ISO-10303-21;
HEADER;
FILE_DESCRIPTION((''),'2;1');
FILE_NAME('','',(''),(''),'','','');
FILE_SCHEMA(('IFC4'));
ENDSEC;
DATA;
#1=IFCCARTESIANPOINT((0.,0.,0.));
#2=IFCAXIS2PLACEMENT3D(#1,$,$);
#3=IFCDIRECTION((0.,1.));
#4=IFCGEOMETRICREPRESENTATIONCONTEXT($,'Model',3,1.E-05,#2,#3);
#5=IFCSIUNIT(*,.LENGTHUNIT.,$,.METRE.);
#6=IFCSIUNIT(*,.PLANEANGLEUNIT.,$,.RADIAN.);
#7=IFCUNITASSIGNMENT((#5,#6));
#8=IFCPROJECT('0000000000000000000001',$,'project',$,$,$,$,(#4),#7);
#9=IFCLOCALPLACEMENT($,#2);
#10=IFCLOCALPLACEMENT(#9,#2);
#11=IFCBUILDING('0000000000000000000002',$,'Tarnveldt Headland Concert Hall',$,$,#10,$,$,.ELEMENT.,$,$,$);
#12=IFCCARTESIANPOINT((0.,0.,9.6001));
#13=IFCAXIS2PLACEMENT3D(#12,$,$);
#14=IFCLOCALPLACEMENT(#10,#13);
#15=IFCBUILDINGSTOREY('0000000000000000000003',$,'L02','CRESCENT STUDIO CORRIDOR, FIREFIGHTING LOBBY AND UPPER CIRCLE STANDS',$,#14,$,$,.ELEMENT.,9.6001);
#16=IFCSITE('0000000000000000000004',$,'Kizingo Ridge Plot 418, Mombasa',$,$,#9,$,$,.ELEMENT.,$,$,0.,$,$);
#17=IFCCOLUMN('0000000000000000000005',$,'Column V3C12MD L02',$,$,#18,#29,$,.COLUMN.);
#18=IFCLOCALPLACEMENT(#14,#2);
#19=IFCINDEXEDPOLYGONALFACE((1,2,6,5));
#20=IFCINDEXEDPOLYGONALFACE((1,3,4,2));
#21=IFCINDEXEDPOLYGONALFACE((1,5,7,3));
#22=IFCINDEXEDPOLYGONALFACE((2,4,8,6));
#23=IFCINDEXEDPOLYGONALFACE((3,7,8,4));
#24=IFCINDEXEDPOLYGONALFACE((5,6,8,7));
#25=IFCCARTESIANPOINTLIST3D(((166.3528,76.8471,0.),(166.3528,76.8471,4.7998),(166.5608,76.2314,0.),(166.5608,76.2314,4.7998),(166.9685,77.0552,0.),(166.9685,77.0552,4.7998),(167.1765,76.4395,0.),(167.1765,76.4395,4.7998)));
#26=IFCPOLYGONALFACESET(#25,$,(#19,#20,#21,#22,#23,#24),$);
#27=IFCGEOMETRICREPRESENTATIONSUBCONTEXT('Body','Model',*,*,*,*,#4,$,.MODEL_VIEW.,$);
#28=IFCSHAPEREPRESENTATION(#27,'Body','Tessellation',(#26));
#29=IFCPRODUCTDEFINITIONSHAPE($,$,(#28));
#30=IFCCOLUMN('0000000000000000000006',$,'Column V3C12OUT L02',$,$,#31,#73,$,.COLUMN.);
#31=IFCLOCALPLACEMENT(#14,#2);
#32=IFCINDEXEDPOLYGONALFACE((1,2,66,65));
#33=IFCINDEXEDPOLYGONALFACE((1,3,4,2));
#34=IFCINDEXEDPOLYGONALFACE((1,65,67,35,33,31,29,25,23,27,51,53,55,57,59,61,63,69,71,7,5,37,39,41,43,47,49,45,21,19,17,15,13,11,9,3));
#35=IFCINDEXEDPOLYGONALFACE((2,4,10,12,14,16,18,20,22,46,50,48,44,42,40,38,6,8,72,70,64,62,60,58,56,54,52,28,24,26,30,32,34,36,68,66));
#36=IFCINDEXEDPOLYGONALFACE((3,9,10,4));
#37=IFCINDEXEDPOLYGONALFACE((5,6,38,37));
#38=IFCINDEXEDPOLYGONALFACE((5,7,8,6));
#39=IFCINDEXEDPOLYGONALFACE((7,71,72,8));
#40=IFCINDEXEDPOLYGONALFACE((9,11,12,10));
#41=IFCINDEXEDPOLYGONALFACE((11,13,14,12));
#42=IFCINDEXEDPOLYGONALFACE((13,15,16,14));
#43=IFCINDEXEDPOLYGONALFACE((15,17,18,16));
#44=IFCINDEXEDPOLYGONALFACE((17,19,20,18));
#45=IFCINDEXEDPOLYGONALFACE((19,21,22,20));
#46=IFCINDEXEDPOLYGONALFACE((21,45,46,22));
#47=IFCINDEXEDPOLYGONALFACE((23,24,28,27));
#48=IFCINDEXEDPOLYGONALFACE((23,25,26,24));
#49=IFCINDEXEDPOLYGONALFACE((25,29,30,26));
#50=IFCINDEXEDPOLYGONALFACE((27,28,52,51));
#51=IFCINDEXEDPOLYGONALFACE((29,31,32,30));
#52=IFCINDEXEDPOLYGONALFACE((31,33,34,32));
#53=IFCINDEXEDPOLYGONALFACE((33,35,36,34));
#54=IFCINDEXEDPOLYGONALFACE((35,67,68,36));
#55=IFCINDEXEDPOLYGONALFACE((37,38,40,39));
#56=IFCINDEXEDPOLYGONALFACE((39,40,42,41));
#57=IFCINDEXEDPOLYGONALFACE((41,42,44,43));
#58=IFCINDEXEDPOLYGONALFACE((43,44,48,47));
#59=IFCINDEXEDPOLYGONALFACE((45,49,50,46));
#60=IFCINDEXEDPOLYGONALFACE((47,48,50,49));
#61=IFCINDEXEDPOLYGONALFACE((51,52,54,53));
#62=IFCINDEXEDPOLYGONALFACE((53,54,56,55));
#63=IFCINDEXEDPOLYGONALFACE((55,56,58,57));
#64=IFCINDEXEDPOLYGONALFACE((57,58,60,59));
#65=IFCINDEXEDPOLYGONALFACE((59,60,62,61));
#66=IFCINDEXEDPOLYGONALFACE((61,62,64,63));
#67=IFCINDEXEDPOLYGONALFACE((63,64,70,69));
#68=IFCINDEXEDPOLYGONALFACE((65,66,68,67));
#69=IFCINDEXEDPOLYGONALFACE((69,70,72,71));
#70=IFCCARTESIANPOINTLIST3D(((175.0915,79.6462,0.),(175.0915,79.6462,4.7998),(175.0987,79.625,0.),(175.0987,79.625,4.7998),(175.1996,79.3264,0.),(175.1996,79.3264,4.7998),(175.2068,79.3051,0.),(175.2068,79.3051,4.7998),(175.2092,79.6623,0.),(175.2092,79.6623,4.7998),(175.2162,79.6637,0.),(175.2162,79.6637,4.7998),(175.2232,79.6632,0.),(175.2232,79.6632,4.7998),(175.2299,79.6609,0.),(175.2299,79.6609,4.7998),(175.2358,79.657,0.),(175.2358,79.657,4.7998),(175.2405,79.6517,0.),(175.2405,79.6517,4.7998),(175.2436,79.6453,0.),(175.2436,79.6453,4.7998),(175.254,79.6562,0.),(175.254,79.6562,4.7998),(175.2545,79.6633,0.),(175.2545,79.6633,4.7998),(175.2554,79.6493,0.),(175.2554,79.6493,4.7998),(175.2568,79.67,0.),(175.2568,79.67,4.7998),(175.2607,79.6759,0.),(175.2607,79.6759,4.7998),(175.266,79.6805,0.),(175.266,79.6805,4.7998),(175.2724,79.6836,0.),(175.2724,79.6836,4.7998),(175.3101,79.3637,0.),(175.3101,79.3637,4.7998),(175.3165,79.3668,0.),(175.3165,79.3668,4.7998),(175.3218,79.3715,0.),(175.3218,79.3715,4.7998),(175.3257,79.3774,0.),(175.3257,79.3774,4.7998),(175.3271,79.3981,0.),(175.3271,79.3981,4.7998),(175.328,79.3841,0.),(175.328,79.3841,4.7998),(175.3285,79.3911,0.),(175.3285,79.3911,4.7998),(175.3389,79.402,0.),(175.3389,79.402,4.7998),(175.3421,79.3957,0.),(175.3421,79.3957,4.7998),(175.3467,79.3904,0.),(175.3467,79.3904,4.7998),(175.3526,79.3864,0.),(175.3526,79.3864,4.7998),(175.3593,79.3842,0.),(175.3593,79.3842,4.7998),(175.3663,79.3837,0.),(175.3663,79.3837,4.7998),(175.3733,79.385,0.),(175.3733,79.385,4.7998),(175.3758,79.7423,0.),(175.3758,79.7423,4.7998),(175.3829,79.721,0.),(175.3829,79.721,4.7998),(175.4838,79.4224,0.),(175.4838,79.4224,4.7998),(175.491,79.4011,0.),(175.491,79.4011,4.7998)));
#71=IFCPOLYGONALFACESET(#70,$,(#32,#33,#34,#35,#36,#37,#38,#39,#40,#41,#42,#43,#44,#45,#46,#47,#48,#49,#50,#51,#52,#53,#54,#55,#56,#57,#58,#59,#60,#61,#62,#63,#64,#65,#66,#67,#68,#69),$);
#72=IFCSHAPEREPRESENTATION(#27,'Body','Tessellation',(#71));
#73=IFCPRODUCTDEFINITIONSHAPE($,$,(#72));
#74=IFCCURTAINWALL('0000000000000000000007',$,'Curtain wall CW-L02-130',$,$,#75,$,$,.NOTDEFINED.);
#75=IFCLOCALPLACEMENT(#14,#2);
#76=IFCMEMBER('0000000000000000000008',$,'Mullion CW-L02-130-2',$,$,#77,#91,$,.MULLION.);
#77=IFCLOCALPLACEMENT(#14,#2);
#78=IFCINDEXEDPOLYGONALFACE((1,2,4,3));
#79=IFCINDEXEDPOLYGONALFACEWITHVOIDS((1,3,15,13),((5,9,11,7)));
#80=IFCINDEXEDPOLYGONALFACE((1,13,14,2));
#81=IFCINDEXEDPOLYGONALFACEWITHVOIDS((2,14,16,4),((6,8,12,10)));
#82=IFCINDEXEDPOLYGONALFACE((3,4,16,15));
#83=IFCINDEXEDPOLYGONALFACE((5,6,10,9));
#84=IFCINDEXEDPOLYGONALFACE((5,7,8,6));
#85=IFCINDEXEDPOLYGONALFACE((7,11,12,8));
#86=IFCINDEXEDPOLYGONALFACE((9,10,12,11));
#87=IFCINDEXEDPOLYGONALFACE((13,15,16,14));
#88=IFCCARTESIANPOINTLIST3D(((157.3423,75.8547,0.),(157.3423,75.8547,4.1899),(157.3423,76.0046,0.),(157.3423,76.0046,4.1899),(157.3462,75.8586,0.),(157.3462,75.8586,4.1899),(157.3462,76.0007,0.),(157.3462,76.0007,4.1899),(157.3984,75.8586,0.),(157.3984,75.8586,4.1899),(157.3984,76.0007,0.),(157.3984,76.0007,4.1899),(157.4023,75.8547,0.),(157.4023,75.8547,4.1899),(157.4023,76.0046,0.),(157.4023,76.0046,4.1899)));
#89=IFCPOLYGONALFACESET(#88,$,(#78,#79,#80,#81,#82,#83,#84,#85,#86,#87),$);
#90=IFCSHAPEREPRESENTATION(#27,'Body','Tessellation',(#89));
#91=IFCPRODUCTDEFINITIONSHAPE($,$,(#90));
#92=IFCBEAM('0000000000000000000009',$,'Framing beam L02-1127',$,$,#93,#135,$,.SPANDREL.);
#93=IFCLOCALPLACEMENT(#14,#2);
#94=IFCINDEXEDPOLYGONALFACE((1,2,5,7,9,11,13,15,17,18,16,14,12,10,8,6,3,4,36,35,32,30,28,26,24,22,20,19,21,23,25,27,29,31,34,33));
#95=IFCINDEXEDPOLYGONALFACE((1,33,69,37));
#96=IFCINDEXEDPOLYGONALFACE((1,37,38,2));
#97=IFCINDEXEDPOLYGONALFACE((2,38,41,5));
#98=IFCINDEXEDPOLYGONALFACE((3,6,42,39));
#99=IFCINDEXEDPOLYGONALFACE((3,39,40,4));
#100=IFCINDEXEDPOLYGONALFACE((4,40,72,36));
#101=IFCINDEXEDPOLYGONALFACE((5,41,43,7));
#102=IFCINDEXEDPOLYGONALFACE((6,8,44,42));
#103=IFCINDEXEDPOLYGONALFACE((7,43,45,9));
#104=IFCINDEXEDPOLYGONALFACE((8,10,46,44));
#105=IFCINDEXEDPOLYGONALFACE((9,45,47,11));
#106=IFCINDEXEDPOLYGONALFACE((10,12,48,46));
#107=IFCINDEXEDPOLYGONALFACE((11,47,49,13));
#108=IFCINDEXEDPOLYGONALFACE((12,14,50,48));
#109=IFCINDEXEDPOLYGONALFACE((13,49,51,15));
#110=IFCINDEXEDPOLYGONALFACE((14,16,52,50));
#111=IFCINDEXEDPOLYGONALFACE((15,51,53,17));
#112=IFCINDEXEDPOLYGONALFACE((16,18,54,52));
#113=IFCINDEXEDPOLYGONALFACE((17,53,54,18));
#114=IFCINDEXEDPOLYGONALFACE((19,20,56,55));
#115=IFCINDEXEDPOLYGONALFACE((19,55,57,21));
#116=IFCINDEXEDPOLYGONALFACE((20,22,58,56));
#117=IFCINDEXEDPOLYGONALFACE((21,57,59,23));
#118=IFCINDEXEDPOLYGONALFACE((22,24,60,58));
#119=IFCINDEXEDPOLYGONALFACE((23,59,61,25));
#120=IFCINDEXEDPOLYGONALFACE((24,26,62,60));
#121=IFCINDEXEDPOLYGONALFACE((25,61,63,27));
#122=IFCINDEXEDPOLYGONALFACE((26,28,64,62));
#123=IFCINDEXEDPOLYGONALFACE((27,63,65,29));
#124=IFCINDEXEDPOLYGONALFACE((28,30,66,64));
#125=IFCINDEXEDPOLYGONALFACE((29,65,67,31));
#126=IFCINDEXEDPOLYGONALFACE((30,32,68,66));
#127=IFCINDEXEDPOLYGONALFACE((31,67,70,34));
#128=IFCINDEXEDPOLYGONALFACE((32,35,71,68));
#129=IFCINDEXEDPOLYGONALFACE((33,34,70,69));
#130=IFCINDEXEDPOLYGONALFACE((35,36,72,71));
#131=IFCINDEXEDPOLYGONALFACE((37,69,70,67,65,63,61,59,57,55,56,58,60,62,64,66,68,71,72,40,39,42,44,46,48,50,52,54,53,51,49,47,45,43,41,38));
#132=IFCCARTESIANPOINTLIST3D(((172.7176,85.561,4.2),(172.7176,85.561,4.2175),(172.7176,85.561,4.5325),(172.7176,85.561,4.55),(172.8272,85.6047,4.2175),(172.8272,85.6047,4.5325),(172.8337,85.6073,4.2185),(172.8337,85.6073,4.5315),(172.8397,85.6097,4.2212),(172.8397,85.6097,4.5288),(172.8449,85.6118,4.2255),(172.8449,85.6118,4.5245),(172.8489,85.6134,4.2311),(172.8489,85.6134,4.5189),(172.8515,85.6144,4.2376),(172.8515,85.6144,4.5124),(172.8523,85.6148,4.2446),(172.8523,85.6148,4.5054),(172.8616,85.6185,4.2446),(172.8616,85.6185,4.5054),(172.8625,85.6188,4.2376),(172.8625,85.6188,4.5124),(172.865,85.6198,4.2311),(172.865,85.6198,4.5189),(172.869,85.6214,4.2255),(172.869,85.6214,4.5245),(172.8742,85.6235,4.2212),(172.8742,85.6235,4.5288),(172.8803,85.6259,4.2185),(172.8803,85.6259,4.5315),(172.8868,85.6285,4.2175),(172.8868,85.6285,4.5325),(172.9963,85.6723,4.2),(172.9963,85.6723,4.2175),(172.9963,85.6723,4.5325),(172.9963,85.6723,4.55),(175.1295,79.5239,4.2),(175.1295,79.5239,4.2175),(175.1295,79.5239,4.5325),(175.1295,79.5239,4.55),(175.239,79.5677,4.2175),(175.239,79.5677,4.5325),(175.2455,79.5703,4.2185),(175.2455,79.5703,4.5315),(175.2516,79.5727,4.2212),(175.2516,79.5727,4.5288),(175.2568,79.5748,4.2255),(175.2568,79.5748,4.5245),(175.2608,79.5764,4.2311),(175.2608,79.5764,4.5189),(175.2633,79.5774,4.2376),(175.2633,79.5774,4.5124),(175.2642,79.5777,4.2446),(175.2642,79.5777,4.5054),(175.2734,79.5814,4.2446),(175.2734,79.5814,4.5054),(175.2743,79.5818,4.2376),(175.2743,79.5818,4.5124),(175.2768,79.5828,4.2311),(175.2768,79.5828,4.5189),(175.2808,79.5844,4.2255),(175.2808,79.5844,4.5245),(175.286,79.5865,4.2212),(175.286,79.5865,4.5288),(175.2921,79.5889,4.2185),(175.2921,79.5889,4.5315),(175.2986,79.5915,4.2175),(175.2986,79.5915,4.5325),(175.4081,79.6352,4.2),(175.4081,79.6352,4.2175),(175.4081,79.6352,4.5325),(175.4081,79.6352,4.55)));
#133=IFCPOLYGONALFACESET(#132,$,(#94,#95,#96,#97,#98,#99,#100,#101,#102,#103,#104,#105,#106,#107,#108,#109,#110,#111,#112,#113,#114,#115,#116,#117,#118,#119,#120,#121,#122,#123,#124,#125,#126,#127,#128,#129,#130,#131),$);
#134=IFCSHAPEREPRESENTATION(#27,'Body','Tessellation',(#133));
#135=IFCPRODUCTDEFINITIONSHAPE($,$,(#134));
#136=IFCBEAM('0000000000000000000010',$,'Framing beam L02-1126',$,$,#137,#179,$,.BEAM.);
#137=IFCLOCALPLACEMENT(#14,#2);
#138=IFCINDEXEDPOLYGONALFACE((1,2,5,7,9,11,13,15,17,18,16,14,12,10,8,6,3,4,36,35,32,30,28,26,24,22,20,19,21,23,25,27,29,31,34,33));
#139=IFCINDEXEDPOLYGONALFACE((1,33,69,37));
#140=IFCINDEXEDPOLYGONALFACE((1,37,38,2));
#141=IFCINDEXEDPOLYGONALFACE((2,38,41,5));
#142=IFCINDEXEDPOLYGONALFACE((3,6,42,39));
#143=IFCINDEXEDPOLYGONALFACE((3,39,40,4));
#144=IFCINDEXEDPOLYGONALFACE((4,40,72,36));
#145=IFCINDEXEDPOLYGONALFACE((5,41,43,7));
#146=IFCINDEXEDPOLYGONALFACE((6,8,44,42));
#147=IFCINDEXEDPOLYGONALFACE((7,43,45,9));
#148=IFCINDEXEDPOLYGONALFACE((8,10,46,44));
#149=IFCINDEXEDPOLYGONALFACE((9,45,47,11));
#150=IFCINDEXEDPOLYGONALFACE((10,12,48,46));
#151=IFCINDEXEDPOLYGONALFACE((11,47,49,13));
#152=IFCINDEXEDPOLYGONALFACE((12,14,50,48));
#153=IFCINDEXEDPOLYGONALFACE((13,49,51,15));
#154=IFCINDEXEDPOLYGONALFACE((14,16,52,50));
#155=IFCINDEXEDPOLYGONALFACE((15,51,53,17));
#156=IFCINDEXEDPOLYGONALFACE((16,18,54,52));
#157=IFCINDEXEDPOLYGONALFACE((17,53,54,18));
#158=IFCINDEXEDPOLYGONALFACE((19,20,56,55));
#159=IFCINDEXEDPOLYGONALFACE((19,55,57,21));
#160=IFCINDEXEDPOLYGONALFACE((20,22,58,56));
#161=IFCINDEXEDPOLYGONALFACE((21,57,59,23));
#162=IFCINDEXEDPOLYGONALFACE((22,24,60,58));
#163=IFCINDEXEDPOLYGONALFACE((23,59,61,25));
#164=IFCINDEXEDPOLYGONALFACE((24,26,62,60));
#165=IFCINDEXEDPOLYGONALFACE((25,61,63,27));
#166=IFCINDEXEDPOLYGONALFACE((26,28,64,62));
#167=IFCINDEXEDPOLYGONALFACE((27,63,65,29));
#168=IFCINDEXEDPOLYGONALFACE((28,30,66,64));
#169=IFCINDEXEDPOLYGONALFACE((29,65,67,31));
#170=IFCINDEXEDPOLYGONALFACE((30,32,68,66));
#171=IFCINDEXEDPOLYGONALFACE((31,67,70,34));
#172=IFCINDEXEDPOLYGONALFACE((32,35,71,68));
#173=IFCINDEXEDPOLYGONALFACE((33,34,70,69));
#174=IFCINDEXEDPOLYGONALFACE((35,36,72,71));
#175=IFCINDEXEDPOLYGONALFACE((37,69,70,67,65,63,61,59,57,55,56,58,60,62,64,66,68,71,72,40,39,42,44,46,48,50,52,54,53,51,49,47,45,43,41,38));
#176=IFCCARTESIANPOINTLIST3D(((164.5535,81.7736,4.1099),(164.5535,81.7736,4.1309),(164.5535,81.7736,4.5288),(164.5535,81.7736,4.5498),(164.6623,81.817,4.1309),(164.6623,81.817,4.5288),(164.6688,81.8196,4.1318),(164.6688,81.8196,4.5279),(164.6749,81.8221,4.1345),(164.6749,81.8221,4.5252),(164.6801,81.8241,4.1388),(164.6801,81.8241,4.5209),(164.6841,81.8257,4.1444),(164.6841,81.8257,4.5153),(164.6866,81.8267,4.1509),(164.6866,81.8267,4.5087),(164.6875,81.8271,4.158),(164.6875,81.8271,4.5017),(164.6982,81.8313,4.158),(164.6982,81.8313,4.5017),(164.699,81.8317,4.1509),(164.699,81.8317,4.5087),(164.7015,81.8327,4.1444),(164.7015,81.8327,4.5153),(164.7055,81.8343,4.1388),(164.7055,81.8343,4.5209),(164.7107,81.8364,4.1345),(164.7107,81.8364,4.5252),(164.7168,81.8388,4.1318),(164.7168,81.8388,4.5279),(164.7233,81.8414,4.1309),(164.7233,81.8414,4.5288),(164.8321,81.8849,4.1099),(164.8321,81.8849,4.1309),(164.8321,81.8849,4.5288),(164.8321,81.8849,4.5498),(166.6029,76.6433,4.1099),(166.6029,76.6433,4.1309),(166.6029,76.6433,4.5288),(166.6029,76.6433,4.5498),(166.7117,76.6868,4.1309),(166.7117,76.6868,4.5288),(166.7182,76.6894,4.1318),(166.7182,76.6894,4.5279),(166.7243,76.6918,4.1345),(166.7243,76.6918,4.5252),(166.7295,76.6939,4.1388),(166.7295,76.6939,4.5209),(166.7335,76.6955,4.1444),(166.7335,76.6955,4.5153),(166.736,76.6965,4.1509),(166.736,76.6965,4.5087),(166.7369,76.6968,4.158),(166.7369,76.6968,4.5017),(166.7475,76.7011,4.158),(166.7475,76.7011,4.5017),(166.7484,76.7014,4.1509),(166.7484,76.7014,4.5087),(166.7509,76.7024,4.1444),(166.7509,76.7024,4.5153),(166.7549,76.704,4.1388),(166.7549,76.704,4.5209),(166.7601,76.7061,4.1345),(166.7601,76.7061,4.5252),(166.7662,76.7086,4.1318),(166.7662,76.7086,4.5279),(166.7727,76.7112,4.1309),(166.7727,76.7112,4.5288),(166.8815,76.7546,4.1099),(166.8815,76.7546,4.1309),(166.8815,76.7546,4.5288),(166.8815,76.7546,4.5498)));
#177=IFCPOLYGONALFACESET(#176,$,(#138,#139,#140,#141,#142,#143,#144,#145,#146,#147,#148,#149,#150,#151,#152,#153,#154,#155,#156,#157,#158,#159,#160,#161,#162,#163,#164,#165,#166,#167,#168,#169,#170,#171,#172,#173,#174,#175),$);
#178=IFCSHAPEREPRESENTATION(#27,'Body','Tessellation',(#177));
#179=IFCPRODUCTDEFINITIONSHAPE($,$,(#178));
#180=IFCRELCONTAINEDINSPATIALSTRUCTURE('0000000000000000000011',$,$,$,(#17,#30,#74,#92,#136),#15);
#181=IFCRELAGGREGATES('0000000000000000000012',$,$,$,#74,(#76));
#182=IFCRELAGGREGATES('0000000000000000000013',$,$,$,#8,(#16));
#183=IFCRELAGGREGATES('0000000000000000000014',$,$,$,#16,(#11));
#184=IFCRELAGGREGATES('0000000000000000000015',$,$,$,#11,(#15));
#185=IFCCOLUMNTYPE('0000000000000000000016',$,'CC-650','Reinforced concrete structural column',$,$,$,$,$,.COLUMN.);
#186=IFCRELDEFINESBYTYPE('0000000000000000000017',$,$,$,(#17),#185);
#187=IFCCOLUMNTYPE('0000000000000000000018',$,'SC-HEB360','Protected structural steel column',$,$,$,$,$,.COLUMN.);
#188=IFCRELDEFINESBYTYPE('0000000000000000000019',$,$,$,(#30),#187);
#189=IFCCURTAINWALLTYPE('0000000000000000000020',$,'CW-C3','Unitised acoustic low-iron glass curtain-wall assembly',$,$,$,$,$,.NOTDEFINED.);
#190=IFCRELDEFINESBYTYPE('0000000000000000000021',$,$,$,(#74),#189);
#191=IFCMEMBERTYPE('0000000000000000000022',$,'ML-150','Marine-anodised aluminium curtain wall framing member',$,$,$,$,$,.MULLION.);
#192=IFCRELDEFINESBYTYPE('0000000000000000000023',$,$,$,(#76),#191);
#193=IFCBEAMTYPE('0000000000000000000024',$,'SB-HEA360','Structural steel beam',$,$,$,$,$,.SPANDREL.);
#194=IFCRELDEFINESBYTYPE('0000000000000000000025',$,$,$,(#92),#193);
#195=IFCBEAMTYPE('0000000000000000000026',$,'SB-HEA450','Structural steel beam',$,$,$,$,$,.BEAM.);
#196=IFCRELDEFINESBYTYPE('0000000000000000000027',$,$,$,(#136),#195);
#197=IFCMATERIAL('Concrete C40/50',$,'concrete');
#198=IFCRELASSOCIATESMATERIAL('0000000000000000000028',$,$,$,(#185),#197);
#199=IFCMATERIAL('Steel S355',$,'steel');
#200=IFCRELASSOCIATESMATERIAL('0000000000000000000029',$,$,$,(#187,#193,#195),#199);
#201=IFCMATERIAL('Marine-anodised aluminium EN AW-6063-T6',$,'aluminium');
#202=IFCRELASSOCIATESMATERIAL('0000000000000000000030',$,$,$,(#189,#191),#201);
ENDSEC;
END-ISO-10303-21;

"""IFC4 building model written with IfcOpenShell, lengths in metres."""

from ifc_helpers import new_model, si_unit, direction, frame, origin, origin_2d, place, context, subcontext, project, spatial, rectangle, hollow_rectangle, i_section, extrude, material, material_profile, profile_set, type_object, element, aggregate, save


model = new_model("IFC4")

# Units and contexts
model_context = context("Model", 3, precision=1e-05, world=origin(), true_north=direction((0.0, 1.0)))
body_context = subcontext(model_context, "Body", "Model", "MODEL_VIEW")
ifc_project = project(units=[si_unit("LENGTHUNIT", "METRE"), si_unit("PLANEANGLEUNIT", "RADIAN")], contexts=[model_context])

# Site, building, storey
site_placement = place(None, origin())
site = spatial("IfcSite", under=ifc_project, at=site_placement, Name="Kizingo Ridge Plot 418, Mombasa", CompositionType="ELEMENT", RefElevation=0.0)
building_placement = place(site_placement, origin())
building = spatial("IfcBuilding", under=site, at=building_placement, Name="Tarnveldt Headland Concert Hall", CompositionType="ELEMENT")
storey_placement = place(building_placement, frame((0.0, 0.0, 9.6001)))
storey = spatial("IfcBuildingStorey", under=building, at=storey_placement, Name="L02", Description="CRESCENT STUDIO CORRIDOR, FIREFIGHTING LOBBY AND UPPER CIRCLE STANDS", CompositionType="ELEMENT", Elevation=9.6001)

# Columns
ifc_material_1 = material(Name="Concrete C40/50", Category="concrete")
ifc_material_profile_1 = material_profile(ifc_material_1, rectangle(XDim=0.6499, YDim=0.6499, at=origin_2d()), Name="RC 650x650", Category="concrete")
ifc_profile_set_1 = profile_set([ifc_material_profile_1], Name="Concrete C40/50")
column_type_1 = type_object("IfcColumnType", Name="CC-650", Description="Reinforced concrete structural column", PredefinedType="COLUMN", material=ifc_profile_set_1)
column_1_placement = place(storey_placement, frame((166.7646, 76.6433, 0.0), z_axis=(0.0, 0.0, 1.0), x_axis=(0.947378, 0.320117, 0.0)))
element("IfcColumn", 1, at=column_1_placement, inside=storey, type_object=column_type_1, Name="Column V3C12MD L02", PredefinedType="COLUMN", context=body_context, shape_type="SweptSolid", body=[
    extrude(rectangle(XDim=0.6499, YDim=0.6499, at=origin_2d()), origin(), (0.0, 0.0, 1.0), 4.7998),
])
ifc_material_2 = material(Name="Steel S355", Category="steel")
ifc_material_profile_2 = material_profile(ifc_material_2, i_section(OverallWidth=0.3, OverallDepth=0.3601, WebThickness=0.0125, FlangeThickness=0.0225, FilletRadius=0.0271, at=origin_2d()), Name="HEB360", Category="steel")
ifc_profile_set_2 = profile_set([ifc_material_profile_2], Name="Steel S355")
column_type_2 = type_object("IfcColumnType", Name="SC-HEB360", Description="Protected structural steel column", PredefinedType="COLUMN", material=ifc_profile_set_2)
column_2_placement = place(storey_placement, frame((175.2913, 79.5237, 0.0), z_axis=(0.0, 0.0, 1.0), x_axis=(0.947378, 0.320117, 0.0)))
element("IfcColumn", 2, at=column_2_placement, inside=storey, type_object=column_type_2, Name="Column V3C12OUT L02", PredefinedType="COLUMN", context=body_context, shape_type="SweptSolid", body=[
    extrude(i_section(OverallWidth=0.3, OverallDepth=0.3601, WebThickness=0.0125, FlangeThickness=0.0225, FilletRadius=0.0271, at=origin_2d()), origin(), (0.0, 0.0, 1.0), 4.7998),
])

# Curtain wall, member
ifc_material_3 = material(Name="Marine-anodised aluminium EN AW-6063-T6", Category="aluminium")
curtain_wall_type = type_object("IfcCurtainWallType", Name="CW-C3", Description="Unitised acoustic low-iron glass curtain-wall assembly", PredefinedType="NOTDEFINED", material=ifc_material_3)
curtain_wall_placement = place(storey_placement, origin())
curtain_wall = element("IfcCurtainWall", 3, at=curtain_wall_placement, inside=storey, type_object=curtain_wall_type, Name="Curtain wall CW-L02-130", PredefinedType="NOTDEFINED")
ifc_material_profile_3 = material_profile(ifc_material_3, hollow_rectangle(XDim=0.0601, YDim=0.1499, WallThickness=0.0039, at=origin_2d()), Name="ALU MULLION 60x150x4", Category="aluminium")
ifc_profile_set_3 = profile_set([ifc_material_profile_3], Name="Marine-anodised aluminium EN AW-6063-T6")
member_type_1 = type_object("IfcMemberType", Name="ML-150", Description="Marine-anodised aluminium curtain wall framing member", PredefinedType="MULLION", material=ifc_profile_set_3)
member_1_placement = place(storey_placement, frame((157.3723, 75.9297, 0.0), z_axis=(0.0, 0.0, 1.0), x_axis=(1.0, 0.0, 0.0)))
member_1 = element("IfcMember", 4, at=member_1_placement, type_object=member_type_1, Name="Mullion CW-L02-130-2", PredefinedType="MULLION", context=body_context, shape_type="SweptSolid", body=[
    extrude(hollow_rectangle(XDim=0.0601, YDim=0.1499, WallThickness=0.0039, at=origin_2d()), origin(), (0.0, 0.0, 1.0), 4.1899),
])

# Beams
ifc_material_profile_4 = material_profile(ifc_material_2, i_section(OverallWidth=0.3, OverallDepth=0.3501, WebThickness=0.01, FlangeThickness=0.0176, FilletRadius=0.0271, at=origin_2d()), Name="HEA360", Category="steel")
ifc_profile_set_4 = profile_set([ifc_material_profile_4], Name="Steel S355")
beam_type_1 = type_object("IfcBeamType", Name="SB-HEA360", Description="Structural steel beam", PredefinedType="SPANDREL", material=ifc_profile_set_4)
beam_1_placement = place(storey_placement, frame((175.2688, 79.5796, 4.375), z_axis=(-0.370996, 0.928635, 0.0), x_axis=(-0.928635, -0.370996, 0.0)))
element("IfcBeam", 5, at=beam_1_placement, inside=storey, type_object=beam_type_1, Name="Framing beam L02-1127", PredefinedType="SPANDREL", context=body_context, shape_type="SweptSolid", body=[
    extrude(i_section(OverallWidth=0.3, OverallDepth=0.3501, WebThickness=0.01, FlangeThickness=0.0176, FilletRadius=0.0271, at=origin_2d()), origin(), (0.0, 0.0, 1.0), 6.501),
])
ifc_material_profile_5 = material_profile(ifc_material_2, i_section(OverallWidth=0.3, OverallDepth=0.4399, WebThickness=0.0115, FlangeThickness=0.021, FilletRadius=0.0271, at=origin_2d()), Name="HEA450", Category="steel")
ifc_profile_set_5 = profile_set([ifc_material_profile_5], Name="Steel S355")
beam_type_2 = type_object("IfcBeamType", Name="SB-HEA450", Description="Structural steel beam", PredefinedType="BEAM", material=ifc_profile_set_5)
beam_2_placement = place(storey_placement, frame((166.7422, 76.699, 4.3298), z_axis=(-0.370964, 0.928647, 0.0), x_axis=(-0.928647, -0.370964, 0.0)))
element("IfcBeam", 6, at=beam_2_placement, inside=storey, type_object=beam_type_2, Name="Framing beam L02-1126", PredefinedType="BEAM", context=body_context, shape_type="SweptSolid", body=[
    extrude(i_section(OverallWidth=0.3, OverallDepth=0.4399, WebThickness=0.0115, FlangeThickness=0.021, FilletRadius=0.0271, at=origin_2d()), origin(), (0.0, 0.0, 1.0), 5.5244),
])

aggregate(curtain_wall, [member_1])

save(model, "model.ifc")
